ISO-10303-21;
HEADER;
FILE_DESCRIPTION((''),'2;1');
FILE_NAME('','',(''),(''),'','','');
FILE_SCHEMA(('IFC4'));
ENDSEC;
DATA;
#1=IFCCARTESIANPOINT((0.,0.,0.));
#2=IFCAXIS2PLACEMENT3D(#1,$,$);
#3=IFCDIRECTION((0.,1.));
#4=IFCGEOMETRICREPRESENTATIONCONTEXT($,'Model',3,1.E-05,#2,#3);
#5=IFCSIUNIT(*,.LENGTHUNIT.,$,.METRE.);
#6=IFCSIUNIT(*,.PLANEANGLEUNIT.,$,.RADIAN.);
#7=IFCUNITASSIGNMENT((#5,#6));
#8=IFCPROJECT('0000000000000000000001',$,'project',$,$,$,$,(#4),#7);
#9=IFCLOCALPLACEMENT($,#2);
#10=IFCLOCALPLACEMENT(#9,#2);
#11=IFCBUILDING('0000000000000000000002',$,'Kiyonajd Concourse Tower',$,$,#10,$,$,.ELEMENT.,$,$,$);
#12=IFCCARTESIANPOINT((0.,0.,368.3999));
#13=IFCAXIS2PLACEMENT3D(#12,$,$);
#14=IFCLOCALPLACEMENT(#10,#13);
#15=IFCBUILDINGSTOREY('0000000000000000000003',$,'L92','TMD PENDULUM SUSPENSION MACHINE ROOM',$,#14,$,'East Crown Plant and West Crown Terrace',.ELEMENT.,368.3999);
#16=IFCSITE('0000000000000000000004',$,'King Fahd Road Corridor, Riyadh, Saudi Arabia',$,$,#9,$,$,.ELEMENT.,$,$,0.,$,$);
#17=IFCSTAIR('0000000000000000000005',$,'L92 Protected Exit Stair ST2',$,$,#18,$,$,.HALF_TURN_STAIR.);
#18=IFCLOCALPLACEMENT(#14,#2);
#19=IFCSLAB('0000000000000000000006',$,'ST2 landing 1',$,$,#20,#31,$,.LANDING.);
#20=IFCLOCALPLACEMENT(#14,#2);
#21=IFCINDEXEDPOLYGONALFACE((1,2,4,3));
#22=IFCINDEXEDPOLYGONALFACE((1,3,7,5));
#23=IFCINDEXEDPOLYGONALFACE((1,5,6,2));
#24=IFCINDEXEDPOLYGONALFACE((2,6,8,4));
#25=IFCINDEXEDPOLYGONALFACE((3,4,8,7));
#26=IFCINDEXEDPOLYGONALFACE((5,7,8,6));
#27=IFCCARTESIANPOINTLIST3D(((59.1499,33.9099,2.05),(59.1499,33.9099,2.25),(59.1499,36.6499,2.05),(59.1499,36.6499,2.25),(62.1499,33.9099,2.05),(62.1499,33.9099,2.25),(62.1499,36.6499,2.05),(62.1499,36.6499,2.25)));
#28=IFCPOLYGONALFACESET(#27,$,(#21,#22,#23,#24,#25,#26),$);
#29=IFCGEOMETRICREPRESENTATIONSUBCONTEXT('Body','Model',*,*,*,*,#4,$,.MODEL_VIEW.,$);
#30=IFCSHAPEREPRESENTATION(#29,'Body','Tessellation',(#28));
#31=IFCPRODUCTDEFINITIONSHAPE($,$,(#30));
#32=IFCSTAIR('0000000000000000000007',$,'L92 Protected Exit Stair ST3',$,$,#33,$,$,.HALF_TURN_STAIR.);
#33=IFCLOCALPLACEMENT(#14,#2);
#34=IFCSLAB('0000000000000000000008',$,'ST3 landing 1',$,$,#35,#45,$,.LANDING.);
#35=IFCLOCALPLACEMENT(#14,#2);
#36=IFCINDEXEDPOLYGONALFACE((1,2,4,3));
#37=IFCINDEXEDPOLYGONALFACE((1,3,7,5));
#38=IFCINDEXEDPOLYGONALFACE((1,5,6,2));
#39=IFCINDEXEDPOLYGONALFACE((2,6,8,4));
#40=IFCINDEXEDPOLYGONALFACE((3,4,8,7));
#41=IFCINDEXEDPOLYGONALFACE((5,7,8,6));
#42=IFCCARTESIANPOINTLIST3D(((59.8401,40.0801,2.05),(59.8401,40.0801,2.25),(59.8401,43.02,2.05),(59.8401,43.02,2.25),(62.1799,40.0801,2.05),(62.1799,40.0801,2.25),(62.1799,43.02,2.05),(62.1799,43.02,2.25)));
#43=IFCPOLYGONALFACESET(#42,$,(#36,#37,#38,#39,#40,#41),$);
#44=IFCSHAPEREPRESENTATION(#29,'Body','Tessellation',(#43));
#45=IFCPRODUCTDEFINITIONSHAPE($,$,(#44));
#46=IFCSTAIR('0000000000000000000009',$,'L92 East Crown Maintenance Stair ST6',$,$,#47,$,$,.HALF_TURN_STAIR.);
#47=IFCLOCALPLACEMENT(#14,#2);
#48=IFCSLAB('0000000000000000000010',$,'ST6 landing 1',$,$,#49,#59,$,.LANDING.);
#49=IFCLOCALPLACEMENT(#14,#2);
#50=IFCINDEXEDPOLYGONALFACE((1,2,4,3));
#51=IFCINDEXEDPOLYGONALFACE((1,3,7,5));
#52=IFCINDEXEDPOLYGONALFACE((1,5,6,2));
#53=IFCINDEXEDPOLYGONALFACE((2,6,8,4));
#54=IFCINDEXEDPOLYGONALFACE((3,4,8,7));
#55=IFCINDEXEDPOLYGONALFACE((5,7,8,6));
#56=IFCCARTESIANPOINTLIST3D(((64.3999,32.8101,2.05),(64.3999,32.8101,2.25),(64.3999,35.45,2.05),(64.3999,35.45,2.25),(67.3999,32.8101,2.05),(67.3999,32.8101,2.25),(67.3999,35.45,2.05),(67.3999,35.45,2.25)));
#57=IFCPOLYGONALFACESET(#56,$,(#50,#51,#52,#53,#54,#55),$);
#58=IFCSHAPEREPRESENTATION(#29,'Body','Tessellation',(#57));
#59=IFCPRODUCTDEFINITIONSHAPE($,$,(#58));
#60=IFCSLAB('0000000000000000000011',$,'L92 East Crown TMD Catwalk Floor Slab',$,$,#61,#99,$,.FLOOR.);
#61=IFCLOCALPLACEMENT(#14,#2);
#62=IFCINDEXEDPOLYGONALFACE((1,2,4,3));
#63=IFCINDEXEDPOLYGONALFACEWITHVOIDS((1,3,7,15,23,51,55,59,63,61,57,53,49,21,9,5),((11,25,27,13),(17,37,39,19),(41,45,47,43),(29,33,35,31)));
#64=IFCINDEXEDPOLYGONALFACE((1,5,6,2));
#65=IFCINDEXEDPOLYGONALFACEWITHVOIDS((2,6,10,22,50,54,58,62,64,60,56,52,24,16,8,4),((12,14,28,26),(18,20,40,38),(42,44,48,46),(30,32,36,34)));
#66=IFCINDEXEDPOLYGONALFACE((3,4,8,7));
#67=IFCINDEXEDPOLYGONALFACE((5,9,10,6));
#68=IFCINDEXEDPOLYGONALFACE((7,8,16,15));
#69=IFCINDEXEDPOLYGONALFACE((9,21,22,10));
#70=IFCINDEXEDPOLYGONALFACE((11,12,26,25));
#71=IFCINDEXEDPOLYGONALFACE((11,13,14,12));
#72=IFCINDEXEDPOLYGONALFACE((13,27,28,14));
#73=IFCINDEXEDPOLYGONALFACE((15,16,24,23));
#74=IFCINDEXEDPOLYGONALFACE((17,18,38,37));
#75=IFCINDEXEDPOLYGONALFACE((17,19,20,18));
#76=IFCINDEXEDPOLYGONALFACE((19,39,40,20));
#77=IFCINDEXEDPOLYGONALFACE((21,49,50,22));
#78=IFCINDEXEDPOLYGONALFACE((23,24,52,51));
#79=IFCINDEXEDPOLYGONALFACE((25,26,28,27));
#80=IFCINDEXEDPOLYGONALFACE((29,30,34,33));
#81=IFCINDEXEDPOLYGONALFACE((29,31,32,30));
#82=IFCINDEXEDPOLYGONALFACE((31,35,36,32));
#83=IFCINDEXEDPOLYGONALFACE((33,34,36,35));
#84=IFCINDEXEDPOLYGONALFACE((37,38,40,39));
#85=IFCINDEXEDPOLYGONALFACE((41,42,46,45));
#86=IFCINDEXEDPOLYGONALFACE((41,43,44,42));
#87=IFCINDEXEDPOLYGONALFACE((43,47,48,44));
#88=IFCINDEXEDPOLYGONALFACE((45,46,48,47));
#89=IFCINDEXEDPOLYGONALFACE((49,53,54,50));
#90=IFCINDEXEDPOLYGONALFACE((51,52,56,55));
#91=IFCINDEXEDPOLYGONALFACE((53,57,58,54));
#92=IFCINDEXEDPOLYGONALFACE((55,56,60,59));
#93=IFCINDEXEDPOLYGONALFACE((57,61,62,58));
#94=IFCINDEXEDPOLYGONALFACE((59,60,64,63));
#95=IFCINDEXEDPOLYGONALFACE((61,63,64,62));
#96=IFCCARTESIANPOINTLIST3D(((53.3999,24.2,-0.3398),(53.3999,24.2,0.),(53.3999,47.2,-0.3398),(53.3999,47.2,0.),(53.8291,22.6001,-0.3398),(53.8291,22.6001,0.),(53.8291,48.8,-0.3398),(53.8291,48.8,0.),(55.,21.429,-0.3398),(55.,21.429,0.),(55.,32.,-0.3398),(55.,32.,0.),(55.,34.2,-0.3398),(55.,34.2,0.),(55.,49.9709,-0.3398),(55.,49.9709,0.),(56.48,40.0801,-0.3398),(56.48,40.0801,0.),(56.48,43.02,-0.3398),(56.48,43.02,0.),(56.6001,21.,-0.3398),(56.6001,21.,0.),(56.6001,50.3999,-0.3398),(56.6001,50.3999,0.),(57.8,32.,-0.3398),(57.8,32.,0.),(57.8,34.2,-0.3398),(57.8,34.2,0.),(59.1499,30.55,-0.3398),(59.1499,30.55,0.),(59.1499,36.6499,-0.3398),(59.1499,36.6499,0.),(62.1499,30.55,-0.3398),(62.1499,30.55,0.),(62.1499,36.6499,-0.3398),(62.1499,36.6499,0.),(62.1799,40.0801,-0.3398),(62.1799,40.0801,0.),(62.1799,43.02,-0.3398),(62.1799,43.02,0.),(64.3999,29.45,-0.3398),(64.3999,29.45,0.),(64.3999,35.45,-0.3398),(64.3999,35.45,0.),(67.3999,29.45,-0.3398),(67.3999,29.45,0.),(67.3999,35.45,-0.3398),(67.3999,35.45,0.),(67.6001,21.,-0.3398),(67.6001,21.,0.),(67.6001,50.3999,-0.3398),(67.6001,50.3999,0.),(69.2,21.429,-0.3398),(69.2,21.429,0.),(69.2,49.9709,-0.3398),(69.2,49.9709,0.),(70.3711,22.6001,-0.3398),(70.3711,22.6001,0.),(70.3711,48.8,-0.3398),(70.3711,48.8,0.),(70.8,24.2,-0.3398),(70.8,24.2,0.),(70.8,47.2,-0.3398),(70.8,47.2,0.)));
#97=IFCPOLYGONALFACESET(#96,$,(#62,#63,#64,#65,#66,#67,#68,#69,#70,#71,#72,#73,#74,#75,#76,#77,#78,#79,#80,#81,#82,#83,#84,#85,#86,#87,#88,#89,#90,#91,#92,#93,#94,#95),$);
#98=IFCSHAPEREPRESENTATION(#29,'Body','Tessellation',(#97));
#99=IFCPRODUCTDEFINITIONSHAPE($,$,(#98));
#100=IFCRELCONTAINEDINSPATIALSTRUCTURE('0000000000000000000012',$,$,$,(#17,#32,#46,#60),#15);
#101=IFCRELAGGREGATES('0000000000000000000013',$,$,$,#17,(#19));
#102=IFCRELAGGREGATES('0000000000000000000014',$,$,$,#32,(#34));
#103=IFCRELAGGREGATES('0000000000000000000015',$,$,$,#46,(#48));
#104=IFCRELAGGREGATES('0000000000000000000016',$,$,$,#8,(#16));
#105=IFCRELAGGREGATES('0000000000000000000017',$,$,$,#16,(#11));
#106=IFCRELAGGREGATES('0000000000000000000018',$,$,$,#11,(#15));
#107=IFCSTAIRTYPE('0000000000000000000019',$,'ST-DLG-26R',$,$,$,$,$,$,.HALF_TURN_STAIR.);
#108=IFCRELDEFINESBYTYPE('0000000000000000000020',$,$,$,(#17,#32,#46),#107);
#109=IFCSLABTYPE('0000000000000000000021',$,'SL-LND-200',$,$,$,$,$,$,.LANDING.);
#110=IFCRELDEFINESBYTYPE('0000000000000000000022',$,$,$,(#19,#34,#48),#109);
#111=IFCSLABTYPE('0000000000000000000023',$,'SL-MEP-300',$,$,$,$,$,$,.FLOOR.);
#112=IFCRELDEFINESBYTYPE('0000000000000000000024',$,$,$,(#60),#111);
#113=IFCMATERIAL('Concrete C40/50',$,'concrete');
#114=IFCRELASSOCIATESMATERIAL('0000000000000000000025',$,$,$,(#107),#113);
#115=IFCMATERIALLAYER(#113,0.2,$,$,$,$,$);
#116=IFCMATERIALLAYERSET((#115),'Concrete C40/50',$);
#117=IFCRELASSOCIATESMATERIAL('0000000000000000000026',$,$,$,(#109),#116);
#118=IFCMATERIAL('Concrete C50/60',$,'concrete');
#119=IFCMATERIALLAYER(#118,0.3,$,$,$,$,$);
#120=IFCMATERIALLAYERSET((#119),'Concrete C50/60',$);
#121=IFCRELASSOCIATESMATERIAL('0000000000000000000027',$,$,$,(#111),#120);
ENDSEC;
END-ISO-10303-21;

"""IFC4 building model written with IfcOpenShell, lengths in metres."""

from ifc_helpers import new_model, si_unit, direction, frame, origin, place, context, subcontext, project, spatial, polyline, outline, extrude, material, layer, layer_set, type_object, element, aggregate, save


model = new_model("IFC4")

# Units and contexts
model_context = context("Model", 3, precision=1e-05, world=origin(), true_north=direction((0.0, 1.0)))
body_context = subcontext(model_context, "Body", "Model", "MODEL_VIEW")
ifc_project = project(units=[si_unit("LENGTHUNIT", "METRE"), si_unit("PLANEANGLEUNIT", "RADIAN")], contexts=[model_context])

# Site, building, storey
site_placement = place(None, origin())
site = spatial("IfcSite", under=ifc_project, at=site_placement, Name="King Fahd Road Corridor, Riyadh, Saudi Arabia", CompositionType="ELEMENT", RefElevation=0.0)
building_placement = place(site_placement, origin())
building = spatial("IfcBuilding", under=site, at=building_placement, Name="Kiyonajd Concourse Tower", CompositionType="ELEMENT")
storey_placement = place(building_placement, frame((0.0, 0.0, 368.3999)))
storey = spatial("IfcBuildingStorey", under=building, at=storey_placement, Name="L92", Description="TMD PENDULUM SUSPENSION MACHINE ROOM", LongName="East Crown Plant and West Crown Terrace", CompositionType="ELEMENT", Elevation=368.3999)

# Stairs, slabs
ifc_material_1 = material(Name="Concrete C40/50", Category="concrete")
stair_type = type_object("IfcStairType", Name="ST-DLG-26R", PredefinedType="HALF_TURN_STAIR", material=ifc_material_1)
stair_1_placement = place(storey_placement, origin())
stair_1 = element("IfcStair", 1, at=stair_1_placement, inside=storey, type_object=stair_type, Name="L92 Protected Exit Stair ST2", PredefinedType="HALF_TURN_STAIR")
ifc_layer_1 = layer(ifc_material_1, 0.2)
ifc_layer_set_1 = layer_set([ifc_layer_1], Name="Concrete C40/50")
slab_type_1 = type_object("IfcSlabType", Name="SL-LND-200", PredefinedType="LANDING", material=ifc_layer_set_1)
slab_1_placement = place(storey_placement, frame((0.0, 0.0, 2.05)))
slab_1 = element("IfcSlab", 2, at=slab_1_placement, type_object=slab_type_1, Name="ST2 landing 1", PredefinedType="LANDING", context=body_context, shape_type="SweptSolid", body=[
    extrude(outline(polyline([(62.1499, 33.9099), (62.1499, 36.6499), (59.1499, 36.6499), (59.1499, 33.9099), (62.1499, 33.9099)])), origin(), (0.0, 0.0, 1.0), 0.2),
])
aggregate(stair_1, [slab_1])
stair_2_placement = place(storey_placement, origin())
stair_2 = element("IfcStair", 3, at=stair_2_placement, inside=storey, type_object=stair_type, Name="L92 Protected Exit Stair ST3", PredefinedType="HALF_TURN_STAIR")
slab_2_placement = place(storey_placement, frame((0.0, 0.0, 2.05)))
slab_2 = element("IfcSlab", 4, at=slab_2_placement, type_object=slab_type_1, Name="ST3 landing 1", PredefinedType="LANDING", context=body_context, shape_type="SweptSolid", body=[
    extrude(outline(polyline([(59.8401, 40.0801), (62.1799, 40.0801), (62.1799, 43.02), (59.8401, 43.02), (59.8401, 40.0801)])), origin(), (0.0, 0.0, 1.0), 0.2),
])
aggregate(stair_2, [slab_2])
stair_3_placement = place(storey_placement, origin())
stair_3 = element("IfcStair", 5, at=stair_3_placement, inside=storey, type_object=stair_type, Name="L92 East Crown Maintenance Stair ST6", PredefinedType="HALF_TURN_STAIR")
slab_3_placement = place(storey_placement, frame((0.0, 0.0, 2.05)))
slab_3 = element("IfcSlab", 6, at=slab_3_placement, type_object=slab_type_1, Name="ST6 landing 1", PredefinedType="LANDING", context=body_context, shape_type="SweptSolid", body=[
    extrude(outline(polyline([(67.3999, 32.8101), (67.3999, 35.45), (64.3999, 35.45), (64.3999, 32.8101), (67.3999, 32.8101)])), origin(), (0.0, 0.0, 1.0), 0.2),
])
aggregate(stair_3, [slab_3])

# Slab
ifc_material_2 = material(Name="Concrete C50/60", Category="concrete")
ifc_layer_2 = layer(ifc_material_2, 0.3)
ifc_layer_set_2 = layer_set([ifc_layer_2], Name="Concrete C50/60")
slab_type_2 = type_object("IfcSlabType", Name="SL-MEP-300", PredefinedType="FLOOR", material=ifc_layer_set_2)
slab_4_placement = place(storey_placement, frame((0.0, 0.0, -0.3398)))
element("IfcSlab", 7, at=slab_4_placement, inside=storey, type_object=slab_type_2, Name="L92 East Crown TMD Catwalk Floor Slab", PredefinedType="FLOOR", context=body_context, shape_type="SweptSolid", body=[
    extrude(outline(polyline([(53.3999, 24.2), (53.8291, 22.6001), (55.0, 21.429), (56.6001, 21.0), (67.6001, 21.0), (69.2, 21.429), (70.3711, 22.6001), (70.8, 24.2), (70.8, 47.2), (70.3711, 48.8), (69.2, 49.9709), (67.6001, 50.3999), (56.6001, 50.3999), (55.0, 49.9709), (53.8291, 48.8), (53.3999, 47.2), (53.3999, 24.2)]), holes=[polyline([(59.1499, 30.55), (59.1499, 36.6499), (62.1499, 36.6499), (62.1499, 30.55), (59.1499, 30.55)]), polyline([(56.48, 43.02), (62.1799, 43.02), (62.1799, 40.0801), (56.48, 40.0801), (56.48, 43.02)]), polyline([(64.3999, 29.45), (64.3999, 35.45), (67.3999, 35.45), (67.3999, 29.45), (64.3999, 29.45)]), polyline([(55.0, 32.0), (55.0, 34.2), (57.8, 34.2), (57.8, 32.0), (55.0, 32.0)])]), origin(), (0.0, 0.0, 1.0), 0.3398),
])

save(model, "model.ifc")
